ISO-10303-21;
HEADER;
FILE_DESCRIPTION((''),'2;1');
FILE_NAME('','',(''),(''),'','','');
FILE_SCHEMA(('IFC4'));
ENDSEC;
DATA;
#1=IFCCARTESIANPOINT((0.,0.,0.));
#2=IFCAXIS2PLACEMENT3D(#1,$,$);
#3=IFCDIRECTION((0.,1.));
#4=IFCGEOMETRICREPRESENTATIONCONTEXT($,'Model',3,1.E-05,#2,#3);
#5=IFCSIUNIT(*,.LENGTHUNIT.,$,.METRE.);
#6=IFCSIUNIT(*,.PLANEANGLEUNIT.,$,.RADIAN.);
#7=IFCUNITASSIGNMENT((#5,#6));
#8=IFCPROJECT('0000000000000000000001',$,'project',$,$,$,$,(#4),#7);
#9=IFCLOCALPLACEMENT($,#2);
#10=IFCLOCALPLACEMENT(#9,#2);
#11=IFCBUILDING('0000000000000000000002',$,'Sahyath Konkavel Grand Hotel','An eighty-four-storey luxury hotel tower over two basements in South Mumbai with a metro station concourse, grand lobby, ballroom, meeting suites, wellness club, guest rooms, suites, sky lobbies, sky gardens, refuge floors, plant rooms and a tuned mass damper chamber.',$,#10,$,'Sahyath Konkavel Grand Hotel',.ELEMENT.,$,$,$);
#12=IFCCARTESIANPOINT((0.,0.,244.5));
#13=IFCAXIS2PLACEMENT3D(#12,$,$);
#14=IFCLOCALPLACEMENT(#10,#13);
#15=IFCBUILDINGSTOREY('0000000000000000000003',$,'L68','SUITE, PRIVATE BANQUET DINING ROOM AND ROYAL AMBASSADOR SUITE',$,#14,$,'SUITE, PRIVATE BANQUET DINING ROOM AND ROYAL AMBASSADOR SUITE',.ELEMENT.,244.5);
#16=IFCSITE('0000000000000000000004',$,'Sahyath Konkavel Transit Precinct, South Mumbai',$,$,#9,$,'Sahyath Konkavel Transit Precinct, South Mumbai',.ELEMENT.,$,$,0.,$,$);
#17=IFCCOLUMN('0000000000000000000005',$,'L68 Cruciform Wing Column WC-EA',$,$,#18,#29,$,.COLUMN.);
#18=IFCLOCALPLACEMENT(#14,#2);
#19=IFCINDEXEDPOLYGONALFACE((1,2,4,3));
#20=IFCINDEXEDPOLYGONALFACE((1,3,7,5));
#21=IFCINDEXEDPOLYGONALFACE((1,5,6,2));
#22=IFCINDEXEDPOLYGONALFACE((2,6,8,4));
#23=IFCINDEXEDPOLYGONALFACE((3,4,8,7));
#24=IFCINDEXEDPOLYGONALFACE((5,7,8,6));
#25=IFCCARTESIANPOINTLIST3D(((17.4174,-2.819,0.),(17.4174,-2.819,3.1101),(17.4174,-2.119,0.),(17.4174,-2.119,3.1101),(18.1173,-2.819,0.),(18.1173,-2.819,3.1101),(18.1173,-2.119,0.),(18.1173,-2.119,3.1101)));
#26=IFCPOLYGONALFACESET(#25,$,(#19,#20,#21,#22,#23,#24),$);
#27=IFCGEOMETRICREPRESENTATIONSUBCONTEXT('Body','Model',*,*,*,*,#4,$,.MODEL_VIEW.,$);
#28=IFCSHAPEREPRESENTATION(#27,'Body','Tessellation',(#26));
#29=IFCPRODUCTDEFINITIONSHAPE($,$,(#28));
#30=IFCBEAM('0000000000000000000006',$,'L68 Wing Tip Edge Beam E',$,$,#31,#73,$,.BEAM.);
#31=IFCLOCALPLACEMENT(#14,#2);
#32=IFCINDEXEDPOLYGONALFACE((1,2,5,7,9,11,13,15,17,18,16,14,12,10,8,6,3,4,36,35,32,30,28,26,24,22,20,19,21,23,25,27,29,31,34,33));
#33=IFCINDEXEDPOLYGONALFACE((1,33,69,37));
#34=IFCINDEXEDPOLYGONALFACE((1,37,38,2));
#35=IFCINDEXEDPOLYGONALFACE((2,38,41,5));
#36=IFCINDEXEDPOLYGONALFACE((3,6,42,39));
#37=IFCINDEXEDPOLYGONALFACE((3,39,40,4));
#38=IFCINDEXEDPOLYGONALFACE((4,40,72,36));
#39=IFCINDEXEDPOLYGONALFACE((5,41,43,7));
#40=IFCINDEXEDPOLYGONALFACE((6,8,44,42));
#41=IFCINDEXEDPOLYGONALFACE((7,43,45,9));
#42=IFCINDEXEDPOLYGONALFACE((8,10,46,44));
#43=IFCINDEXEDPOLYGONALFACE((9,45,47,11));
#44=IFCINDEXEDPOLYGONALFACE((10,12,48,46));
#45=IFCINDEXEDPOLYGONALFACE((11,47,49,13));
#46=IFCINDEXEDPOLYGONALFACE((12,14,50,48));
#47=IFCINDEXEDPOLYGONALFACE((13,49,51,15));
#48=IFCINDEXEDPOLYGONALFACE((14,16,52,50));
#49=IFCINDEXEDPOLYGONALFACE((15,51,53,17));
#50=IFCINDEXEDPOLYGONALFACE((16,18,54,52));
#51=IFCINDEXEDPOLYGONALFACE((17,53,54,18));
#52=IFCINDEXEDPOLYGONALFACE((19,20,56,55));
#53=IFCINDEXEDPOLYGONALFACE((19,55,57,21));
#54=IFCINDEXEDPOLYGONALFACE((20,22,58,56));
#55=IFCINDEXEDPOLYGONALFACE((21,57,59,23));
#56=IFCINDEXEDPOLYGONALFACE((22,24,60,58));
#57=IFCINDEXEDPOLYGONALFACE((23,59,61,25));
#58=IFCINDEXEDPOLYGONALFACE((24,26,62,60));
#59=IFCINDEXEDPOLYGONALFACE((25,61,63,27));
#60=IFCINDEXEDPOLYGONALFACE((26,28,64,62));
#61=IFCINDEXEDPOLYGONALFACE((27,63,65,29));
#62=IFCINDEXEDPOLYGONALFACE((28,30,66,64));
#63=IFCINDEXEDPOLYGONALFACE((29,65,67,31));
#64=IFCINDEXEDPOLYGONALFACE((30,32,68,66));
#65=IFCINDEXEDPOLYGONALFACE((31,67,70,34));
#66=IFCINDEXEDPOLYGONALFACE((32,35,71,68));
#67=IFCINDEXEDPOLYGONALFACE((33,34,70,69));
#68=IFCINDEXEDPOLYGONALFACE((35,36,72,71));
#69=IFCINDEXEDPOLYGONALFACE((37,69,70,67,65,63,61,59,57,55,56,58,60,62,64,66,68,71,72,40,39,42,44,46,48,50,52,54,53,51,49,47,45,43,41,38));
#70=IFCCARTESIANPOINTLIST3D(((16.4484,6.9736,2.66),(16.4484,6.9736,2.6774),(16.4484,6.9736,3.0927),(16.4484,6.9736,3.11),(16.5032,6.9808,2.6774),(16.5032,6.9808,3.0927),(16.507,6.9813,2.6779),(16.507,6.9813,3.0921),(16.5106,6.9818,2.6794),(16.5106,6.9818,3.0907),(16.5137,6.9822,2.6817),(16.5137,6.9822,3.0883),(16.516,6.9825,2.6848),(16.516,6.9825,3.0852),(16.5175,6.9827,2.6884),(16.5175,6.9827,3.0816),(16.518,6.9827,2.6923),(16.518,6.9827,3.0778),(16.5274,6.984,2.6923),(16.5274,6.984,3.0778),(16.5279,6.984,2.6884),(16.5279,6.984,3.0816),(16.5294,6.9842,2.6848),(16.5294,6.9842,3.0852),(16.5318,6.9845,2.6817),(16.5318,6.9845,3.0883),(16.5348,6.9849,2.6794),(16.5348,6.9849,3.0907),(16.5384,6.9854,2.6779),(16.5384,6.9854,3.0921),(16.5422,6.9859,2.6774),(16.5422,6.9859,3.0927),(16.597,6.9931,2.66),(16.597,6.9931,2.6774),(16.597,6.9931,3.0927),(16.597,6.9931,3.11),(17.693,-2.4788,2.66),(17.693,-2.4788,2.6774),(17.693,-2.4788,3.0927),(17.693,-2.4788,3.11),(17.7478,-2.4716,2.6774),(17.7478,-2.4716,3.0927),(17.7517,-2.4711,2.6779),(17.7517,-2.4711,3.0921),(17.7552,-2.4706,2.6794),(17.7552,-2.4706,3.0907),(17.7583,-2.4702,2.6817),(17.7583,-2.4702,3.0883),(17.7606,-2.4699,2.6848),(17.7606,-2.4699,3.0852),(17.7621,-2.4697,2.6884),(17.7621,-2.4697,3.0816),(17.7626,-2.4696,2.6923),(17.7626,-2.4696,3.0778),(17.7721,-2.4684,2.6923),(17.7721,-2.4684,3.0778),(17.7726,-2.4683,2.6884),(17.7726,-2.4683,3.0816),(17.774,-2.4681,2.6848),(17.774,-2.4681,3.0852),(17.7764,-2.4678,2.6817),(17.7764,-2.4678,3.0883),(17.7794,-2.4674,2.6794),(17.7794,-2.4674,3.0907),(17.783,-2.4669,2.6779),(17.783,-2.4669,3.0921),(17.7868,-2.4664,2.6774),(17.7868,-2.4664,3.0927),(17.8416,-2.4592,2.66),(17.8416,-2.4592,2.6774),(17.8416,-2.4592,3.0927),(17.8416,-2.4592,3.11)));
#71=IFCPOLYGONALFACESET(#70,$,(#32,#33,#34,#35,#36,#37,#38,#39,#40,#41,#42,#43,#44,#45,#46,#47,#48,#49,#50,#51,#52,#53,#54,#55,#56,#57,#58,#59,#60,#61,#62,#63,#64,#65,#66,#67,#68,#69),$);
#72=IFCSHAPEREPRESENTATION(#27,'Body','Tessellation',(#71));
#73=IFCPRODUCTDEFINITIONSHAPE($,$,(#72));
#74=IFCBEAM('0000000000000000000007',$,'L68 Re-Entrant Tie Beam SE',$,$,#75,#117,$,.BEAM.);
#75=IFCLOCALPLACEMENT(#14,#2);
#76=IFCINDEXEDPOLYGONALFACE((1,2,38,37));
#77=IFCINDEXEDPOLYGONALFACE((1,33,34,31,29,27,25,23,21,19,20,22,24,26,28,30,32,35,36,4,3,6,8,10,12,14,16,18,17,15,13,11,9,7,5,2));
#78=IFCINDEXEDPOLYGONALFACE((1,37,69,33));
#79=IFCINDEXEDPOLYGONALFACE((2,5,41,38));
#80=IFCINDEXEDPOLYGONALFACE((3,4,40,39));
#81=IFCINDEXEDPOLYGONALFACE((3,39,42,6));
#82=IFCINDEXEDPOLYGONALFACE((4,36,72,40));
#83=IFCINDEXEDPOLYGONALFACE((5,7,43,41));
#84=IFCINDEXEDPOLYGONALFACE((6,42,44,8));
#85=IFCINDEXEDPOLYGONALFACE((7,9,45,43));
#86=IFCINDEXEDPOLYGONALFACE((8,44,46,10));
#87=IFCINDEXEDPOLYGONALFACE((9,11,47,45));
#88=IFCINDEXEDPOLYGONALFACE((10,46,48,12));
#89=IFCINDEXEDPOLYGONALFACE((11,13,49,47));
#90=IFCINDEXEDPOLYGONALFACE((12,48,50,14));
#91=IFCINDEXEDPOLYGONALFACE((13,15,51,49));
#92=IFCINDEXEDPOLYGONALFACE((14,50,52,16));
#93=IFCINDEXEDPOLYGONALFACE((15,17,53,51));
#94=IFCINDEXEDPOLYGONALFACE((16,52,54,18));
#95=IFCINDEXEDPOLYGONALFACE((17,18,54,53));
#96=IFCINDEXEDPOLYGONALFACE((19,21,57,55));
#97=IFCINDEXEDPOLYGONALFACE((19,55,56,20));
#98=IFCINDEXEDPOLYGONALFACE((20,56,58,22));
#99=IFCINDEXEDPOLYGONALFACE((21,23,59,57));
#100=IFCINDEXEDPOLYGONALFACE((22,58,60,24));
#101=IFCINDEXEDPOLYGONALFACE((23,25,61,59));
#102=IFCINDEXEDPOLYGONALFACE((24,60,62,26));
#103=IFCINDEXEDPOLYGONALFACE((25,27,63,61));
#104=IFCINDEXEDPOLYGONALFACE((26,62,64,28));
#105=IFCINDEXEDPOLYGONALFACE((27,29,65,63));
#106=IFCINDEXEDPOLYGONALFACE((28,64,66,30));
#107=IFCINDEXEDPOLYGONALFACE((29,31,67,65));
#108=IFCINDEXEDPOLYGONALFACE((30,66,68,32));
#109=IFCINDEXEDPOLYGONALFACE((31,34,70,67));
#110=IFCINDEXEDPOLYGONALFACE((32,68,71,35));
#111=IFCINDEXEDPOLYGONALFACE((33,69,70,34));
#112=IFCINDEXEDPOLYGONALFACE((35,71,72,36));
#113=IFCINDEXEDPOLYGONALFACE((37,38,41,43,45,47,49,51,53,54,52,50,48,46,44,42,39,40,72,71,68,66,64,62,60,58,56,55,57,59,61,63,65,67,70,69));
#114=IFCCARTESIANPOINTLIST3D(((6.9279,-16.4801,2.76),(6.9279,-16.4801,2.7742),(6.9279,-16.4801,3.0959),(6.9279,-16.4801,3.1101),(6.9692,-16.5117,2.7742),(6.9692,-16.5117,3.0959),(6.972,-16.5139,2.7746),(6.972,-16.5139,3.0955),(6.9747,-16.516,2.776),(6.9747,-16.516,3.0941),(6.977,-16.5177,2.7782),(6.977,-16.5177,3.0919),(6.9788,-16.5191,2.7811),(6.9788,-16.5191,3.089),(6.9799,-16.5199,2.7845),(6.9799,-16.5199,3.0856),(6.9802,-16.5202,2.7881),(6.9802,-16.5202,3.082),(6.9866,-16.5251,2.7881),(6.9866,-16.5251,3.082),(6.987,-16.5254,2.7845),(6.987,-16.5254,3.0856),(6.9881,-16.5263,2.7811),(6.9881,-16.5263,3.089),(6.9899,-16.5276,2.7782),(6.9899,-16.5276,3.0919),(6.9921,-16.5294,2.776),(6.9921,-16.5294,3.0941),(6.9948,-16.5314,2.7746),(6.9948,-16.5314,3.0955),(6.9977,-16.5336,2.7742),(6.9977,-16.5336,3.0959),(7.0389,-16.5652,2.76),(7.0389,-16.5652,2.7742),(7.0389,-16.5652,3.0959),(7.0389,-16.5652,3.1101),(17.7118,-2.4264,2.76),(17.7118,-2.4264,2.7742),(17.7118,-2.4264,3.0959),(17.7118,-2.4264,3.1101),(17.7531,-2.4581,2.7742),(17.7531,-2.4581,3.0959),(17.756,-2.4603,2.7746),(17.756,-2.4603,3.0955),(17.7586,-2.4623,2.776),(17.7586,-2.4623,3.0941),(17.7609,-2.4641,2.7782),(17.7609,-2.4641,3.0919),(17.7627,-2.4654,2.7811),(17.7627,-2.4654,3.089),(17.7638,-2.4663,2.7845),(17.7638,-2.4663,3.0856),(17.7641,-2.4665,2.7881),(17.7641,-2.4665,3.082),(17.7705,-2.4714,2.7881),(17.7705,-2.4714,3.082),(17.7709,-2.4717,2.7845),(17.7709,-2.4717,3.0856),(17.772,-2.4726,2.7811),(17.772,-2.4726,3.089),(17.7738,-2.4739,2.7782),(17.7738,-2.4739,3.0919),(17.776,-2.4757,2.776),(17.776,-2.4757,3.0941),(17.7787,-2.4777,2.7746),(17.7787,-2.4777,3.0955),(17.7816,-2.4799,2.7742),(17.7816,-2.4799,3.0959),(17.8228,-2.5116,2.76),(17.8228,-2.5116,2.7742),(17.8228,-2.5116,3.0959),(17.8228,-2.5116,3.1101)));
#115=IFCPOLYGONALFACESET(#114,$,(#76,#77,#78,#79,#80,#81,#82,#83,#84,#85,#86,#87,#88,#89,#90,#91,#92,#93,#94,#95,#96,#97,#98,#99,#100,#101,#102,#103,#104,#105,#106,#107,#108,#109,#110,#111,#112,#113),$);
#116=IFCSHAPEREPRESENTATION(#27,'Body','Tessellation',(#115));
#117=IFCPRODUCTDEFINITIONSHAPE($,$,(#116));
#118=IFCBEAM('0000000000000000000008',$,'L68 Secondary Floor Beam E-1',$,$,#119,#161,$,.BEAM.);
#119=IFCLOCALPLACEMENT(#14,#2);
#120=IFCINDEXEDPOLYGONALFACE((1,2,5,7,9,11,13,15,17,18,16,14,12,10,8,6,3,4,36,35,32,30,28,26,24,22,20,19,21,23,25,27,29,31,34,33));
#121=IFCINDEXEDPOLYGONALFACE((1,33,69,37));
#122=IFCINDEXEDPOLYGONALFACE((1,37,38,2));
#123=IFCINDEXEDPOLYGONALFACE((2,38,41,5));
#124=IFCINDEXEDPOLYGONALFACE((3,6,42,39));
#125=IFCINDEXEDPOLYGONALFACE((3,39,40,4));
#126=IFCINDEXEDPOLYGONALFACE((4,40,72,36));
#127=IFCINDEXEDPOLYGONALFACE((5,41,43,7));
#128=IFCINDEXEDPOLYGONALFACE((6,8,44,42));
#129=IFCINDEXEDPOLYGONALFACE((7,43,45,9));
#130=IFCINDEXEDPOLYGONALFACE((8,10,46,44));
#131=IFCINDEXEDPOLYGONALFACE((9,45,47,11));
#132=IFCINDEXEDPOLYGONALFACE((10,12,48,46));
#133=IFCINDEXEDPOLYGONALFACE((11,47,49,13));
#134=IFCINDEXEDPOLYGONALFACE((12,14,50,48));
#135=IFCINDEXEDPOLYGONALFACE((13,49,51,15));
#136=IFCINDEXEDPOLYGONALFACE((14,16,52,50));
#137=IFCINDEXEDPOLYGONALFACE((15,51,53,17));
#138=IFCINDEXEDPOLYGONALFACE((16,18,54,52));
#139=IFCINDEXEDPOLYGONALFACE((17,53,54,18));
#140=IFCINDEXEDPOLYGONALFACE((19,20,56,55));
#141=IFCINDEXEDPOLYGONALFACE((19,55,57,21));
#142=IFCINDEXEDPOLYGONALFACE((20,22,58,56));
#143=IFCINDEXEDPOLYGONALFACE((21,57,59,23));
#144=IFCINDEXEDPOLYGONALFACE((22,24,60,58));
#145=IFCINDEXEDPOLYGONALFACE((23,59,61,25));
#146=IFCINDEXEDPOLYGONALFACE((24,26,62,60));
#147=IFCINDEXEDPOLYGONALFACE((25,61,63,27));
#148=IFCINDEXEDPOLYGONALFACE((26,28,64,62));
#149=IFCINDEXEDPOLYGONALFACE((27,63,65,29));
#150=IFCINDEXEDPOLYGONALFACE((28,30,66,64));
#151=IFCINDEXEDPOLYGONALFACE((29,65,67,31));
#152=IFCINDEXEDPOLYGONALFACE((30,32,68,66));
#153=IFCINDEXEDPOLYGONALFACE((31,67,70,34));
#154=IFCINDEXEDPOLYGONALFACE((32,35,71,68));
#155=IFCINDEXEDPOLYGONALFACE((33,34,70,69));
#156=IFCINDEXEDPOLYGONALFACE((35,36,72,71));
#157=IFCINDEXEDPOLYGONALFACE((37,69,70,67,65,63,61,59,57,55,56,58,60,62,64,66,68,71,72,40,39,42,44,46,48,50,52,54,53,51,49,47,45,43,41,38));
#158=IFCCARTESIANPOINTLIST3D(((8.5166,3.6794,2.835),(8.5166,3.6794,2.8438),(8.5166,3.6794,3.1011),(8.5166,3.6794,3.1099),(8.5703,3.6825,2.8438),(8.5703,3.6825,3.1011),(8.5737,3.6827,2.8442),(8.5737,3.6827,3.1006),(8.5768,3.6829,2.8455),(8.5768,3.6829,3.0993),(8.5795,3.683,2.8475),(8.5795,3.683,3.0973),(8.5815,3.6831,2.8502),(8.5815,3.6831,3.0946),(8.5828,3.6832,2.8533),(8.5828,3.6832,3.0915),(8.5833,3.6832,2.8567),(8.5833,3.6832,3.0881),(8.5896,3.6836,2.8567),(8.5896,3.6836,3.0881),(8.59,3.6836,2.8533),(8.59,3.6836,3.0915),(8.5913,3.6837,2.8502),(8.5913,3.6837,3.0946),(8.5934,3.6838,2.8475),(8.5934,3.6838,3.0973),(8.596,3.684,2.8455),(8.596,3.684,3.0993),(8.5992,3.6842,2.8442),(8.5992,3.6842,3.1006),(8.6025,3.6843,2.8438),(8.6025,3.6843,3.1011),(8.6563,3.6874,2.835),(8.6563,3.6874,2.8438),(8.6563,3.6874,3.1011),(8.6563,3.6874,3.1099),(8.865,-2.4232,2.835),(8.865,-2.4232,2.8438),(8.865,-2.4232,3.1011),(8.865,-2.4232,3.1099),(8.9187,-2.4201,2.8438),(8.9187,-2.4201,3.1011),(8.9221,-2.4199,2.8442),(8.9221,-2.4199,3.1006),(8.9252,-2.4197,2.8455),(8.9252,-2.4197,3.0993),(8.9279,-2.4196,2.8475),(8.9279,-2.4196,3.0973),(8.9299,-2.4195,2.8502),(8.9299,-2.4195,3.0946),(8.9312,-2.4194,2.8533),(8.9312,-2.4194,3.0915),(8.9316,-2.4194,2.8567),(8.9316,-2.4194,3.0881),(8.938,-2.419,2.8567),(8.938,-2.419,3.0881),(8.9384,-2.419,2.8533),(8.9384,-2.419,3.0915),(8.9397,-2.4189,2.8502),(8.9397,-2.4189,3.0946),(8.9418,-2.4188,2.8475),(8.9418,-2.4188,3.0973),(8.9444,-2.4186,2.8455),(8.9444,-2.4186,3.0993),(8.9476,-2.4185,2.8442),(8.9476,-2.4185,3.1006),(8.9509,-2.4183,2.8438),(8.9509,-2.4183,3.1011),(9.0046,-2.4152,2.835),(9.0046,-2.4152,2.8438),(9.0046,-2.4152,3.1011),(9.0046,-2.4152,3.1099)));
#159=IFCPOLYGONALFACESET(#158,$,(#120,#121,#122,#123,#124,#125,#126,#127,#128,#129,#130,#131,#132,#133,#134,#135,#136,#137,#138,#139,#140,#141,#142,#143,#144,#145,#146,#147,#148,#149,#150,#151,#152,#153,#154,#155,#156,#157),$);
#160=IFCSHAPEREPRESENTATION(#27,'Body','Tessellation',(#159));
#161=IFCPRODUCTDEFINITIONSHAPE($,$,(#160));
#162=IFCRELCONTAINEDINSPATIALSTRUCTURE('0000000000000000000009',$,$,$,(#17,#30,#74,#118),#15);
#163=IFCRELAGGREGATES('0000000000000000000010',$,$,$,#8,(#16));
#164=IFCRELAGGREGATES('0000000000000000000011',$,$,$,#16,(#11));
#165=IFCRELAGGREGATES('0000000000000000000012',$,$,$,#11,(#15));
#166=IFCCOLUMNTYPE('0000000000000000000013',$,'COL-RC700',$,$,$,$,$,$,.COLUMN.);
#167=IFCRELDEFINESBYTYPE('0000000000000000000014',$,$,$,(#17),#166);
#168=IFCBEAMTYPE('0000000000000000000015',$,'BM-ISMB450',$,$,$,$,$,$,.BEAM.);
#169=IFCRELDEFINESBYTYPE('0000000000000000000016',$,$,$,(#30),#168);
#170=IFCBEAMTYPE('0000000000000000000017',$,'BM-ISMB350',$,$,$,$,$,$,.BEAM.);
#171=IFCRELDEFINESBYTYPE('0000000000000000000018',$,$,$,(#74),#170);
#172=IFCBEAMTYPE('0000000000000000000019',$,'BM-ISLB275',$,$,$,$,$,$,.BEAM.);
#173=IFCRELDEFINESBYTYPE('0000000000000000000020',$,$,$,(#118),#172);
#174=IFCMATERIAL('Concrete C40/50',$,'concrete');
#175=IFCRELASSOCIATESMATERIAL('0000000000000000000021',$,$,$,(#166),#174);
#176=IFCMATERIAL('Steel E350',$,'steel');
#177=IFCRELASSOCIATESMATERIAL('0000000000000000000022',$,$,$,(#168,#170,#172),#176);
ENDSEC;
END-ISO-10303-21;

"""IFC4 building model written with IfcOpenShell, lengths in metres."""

from ifc_helpers import new_model, si_unit, direction, frame, origin, origin_2d, place, context, subcontext, project, spatial, rectangle, i_section, extrude, source, transform, mapped, material, material_profile, profile_set, type_object, element, save


model = new_model("IFC4")

# Units and contexts
model_context = context("Model", 3, precision=1e-05, world=origin(), true_north=direction((0.0, 1.0)))
body_context = subcontext(model_context, "Body", "Model", "MODEL_VIEW")
ifc_project = project(units=[si_unit("LENGTHUNIT", "METRE"), si_unit("PLANEANGLEUNIT", "RADIAN")], contexts=[model_context])

# Site, building, storey
site_placement = place(None, origin())
site = spatial("IfcSite", under=ifc_project, at=site_placement, Name="Sahyath Konkavel Transit Precinct, South Mumbai", LongName="Sahyath Konkavel Transit Precinct, South Mumbai", CompositionType="ELEMENT", RefElevation=0.0)
building_placement = place(site_placement, origin())
building = spatial("IfcBuilding", under=site, at=building_placement, Name="Sahyath Konkavel Grand Hotel", Description="An eighty-four-storey luxury hotel tower over two basements in South Mumbai with a metro station concourse, grand lobby, ballroom, meeting suites, wellness club, guest rooms, suites, sky lobbies, sky gardens, refuge floors, plant rooms and a tuned mass damper chamber.", LongName="Sahyath Konkavel Grand Hotel", CompositionType="ELEMENT")
storey_placement = place(building_placement, frame((0.0, 0.0, 244.5)))
storey = spatial("IfcBuildingStorey", under=building, at=storey_placement, Name="L68", Description="SUITE, PRIVATE BANQUET DINING ROOM AND ROYAL AMBASSADOR SUITE", LongName="SUITE, PRIVATE BANQUET DINING ROOM AND ROYAL AMBASSADOR SUITE", CompositionType="ELEMENT", Elevation=244.5)

# Column
ifc_material_1 = material(Name="Concrete C40/50", Category="concrete")
ifc_material_profile_1 = material_profile(ifc_material_1, rectangle(XDim=0.7, YDim=0.7, at=origin_2d()), Name="RC 700x700")
ifc_profile_set_1 = profile_set([ifc_material_profile_1], Name="Concrete C40/50")
column_type = type_object("IfcColumnType", Name="COL-RC700", PredefinedType="COLUMN", material=ifc_profile_set_1)
shared_shape_1 = source(origin(), body_context, "Body", "SweptSolid", [
    extrude(rectangle(XDim=0.7, YDim=0.7, at=origin_2d()), origin(), (0.0, 0.0, 1.0), 3.1101),
])
column_placement = place(storey_placement, frame((17.7673, -2.469, 0.0), z_axis=(0.0, 0.0, 1.0), x_axis=(1.0, 0.0, 0.0)))
element("IfcColumn", 1, at=column_placement, inside=storey, type_object=column_type, Name="L68 Cruciform Wing Column WC-EA", PredefinedType="COLUMN", context=body_context, shape_type="MappedRepresentation", body=[
    mapped(shared_shape_1, transform((0.0, 0.0, 0.0), scale=1.0)),
])

# Beams
ifc_material_2 = material(Name="Steel E350", Category="steel")
ifc_material_profile_2 = material_profile(ifc_material_2, i_section(OverallWidth=0.1499, OverallDepth=0.45, WebThickness=0.0095, FlangeThickness=0.0173, FilletRadius=0.0149, at=origin_2d()), Name="ISMB 450")
ifc_profile_set_2 = profile_set([ifc_material_profile_2], Name="Steel E350")
beam_type_1 = type_object("IfcBeamType", Name="BM-ISMB450", PredefinedType="BEAM", material=ifc_profile_set_2)
shared_shape_2 = source(origin(), body_context, "Body", "SweptSolid", [
    extrude(i_section(OverallWidth=0.1499, OverallDepth=0.45, WebThickness=0.0095, FlangeThickness=0.0173, FilletRadius=0.0149, at=origin_2d()), origin(), (0.0, 0.0, 1.0), 9.5339),
])
beam_1_placement = place(storey_placement, frame((17.7673, -2.469, 2.885), z_axis=(-0.130547, 0.991442, 0.0), x_axis=(-0.991442, -0.130547, 0.0)))
element("IfcBeam", 2, at=beam_1_placement, inside=storey, type_object=beam_type_1, Name="L68 Wing Tip Edge Beam E", PredefinedType="BEAM", context=body_context, shape_type="MappedRepresentation", body=[
    mapped(shared_shape_2, transform((0.0, 0.0, 0.0), scale=1.0)),
])
ifc_material_profile_3 = material_profile(ifc_material_2, i_section(OverallWidth=0.1399, OverallDepth=0.3501, WebThickness=0.0081, FlangeThickness=0.0142, FilletRadius=0.0139, at=origin_2d()), Name="ISMB 350")
ifc_profile_set_3 = profile_set([ifc_material_profile_3], Name="Steel E350")
beam_type_2 = type_object("IfcBeamType", Name="BM-ISMB350", PredefinedType="BEAM", material=ifc_profile_set_3)
shared_shape_3 = source(origin(), body_context, "Body", "SweptSolid", [
    extrude(i_section(OverallWidth=0.1399, OverallDepth=0.3501, WebThickness=0.0081, FlangeThickness=0.0142, FilletRadius=0.0139, at=origin_2d()), origin(), (0.0, 0.0, 1.0), 17.7144),
])
beam_2_placement = place(storey_placement, frame((17.7673, -2.469, 2.9351), z_axis=(-0.608767, -0.793349, 0.0), x_axis=(0.793349, -0.608767, 0.0)))
element("IfcBeam", 3, at=beam_2_placement, inside=storey, type_object=beam_type_2, Name="L68 Re-Entrant Tie Beam SE", PredefinedType="BEAM", context=body_context, shape_type="MappedRepresentation", body=[
    mapped(shared_shape_3, transform((0.0, 0.0, 0.0), scale=1.0)),
])
ifc_material_profile_4 = material_profile(ifc_material_2, i_section(OverallWidth=0.1399, OverallDepth=0.2749, WebThickness=0.0063, FlangeThickness=0.0088, FilletRadius=0.0129, at=origin_2d()), Name="ISLB 275")
ifc_profile_set_4 = profile_set([ifc_material_profile_4], Name="Steel E350")
beam_type_3 = type_object("IfcBeamType", Name="BM-ISLB275", PredefinedType="BEAM", material=ifc_profile_set_4)
shared_shape_4 = source(origin(), body_context, "Body", "SweptSolid", [
    extrude(i_section(OverallWidth=0.1399, OverallDepth=0.2749, WebThickness=0.0063, FlangeThickness=0.0088, FilletRadius=0.0129, at=origin_2d()), origin(), (0.0, 0.0, 1.0), 6.1125),
])
beam_3_placement = place(storey_placement, frame((8.9348, -2.4192, 2.9724), z_axis=(-0.056996, 0.998374, 0.0), x_axis=(-0.998374, -0.056996, 0.0)))
element("IfcBeam", 4, at=beam_3_placement, inside=storey, type_object=beam_type_3, Name="L68 Secondary Floor Beam E-1", PredefinedType="BEAM", context=body_context, shape_type="MappedRepresentation", body=[
    mapped(shared_shape_4, transform((0.0, 0.0, 0.0), scale=1.0)),
])

save(model, "model.ifc")
